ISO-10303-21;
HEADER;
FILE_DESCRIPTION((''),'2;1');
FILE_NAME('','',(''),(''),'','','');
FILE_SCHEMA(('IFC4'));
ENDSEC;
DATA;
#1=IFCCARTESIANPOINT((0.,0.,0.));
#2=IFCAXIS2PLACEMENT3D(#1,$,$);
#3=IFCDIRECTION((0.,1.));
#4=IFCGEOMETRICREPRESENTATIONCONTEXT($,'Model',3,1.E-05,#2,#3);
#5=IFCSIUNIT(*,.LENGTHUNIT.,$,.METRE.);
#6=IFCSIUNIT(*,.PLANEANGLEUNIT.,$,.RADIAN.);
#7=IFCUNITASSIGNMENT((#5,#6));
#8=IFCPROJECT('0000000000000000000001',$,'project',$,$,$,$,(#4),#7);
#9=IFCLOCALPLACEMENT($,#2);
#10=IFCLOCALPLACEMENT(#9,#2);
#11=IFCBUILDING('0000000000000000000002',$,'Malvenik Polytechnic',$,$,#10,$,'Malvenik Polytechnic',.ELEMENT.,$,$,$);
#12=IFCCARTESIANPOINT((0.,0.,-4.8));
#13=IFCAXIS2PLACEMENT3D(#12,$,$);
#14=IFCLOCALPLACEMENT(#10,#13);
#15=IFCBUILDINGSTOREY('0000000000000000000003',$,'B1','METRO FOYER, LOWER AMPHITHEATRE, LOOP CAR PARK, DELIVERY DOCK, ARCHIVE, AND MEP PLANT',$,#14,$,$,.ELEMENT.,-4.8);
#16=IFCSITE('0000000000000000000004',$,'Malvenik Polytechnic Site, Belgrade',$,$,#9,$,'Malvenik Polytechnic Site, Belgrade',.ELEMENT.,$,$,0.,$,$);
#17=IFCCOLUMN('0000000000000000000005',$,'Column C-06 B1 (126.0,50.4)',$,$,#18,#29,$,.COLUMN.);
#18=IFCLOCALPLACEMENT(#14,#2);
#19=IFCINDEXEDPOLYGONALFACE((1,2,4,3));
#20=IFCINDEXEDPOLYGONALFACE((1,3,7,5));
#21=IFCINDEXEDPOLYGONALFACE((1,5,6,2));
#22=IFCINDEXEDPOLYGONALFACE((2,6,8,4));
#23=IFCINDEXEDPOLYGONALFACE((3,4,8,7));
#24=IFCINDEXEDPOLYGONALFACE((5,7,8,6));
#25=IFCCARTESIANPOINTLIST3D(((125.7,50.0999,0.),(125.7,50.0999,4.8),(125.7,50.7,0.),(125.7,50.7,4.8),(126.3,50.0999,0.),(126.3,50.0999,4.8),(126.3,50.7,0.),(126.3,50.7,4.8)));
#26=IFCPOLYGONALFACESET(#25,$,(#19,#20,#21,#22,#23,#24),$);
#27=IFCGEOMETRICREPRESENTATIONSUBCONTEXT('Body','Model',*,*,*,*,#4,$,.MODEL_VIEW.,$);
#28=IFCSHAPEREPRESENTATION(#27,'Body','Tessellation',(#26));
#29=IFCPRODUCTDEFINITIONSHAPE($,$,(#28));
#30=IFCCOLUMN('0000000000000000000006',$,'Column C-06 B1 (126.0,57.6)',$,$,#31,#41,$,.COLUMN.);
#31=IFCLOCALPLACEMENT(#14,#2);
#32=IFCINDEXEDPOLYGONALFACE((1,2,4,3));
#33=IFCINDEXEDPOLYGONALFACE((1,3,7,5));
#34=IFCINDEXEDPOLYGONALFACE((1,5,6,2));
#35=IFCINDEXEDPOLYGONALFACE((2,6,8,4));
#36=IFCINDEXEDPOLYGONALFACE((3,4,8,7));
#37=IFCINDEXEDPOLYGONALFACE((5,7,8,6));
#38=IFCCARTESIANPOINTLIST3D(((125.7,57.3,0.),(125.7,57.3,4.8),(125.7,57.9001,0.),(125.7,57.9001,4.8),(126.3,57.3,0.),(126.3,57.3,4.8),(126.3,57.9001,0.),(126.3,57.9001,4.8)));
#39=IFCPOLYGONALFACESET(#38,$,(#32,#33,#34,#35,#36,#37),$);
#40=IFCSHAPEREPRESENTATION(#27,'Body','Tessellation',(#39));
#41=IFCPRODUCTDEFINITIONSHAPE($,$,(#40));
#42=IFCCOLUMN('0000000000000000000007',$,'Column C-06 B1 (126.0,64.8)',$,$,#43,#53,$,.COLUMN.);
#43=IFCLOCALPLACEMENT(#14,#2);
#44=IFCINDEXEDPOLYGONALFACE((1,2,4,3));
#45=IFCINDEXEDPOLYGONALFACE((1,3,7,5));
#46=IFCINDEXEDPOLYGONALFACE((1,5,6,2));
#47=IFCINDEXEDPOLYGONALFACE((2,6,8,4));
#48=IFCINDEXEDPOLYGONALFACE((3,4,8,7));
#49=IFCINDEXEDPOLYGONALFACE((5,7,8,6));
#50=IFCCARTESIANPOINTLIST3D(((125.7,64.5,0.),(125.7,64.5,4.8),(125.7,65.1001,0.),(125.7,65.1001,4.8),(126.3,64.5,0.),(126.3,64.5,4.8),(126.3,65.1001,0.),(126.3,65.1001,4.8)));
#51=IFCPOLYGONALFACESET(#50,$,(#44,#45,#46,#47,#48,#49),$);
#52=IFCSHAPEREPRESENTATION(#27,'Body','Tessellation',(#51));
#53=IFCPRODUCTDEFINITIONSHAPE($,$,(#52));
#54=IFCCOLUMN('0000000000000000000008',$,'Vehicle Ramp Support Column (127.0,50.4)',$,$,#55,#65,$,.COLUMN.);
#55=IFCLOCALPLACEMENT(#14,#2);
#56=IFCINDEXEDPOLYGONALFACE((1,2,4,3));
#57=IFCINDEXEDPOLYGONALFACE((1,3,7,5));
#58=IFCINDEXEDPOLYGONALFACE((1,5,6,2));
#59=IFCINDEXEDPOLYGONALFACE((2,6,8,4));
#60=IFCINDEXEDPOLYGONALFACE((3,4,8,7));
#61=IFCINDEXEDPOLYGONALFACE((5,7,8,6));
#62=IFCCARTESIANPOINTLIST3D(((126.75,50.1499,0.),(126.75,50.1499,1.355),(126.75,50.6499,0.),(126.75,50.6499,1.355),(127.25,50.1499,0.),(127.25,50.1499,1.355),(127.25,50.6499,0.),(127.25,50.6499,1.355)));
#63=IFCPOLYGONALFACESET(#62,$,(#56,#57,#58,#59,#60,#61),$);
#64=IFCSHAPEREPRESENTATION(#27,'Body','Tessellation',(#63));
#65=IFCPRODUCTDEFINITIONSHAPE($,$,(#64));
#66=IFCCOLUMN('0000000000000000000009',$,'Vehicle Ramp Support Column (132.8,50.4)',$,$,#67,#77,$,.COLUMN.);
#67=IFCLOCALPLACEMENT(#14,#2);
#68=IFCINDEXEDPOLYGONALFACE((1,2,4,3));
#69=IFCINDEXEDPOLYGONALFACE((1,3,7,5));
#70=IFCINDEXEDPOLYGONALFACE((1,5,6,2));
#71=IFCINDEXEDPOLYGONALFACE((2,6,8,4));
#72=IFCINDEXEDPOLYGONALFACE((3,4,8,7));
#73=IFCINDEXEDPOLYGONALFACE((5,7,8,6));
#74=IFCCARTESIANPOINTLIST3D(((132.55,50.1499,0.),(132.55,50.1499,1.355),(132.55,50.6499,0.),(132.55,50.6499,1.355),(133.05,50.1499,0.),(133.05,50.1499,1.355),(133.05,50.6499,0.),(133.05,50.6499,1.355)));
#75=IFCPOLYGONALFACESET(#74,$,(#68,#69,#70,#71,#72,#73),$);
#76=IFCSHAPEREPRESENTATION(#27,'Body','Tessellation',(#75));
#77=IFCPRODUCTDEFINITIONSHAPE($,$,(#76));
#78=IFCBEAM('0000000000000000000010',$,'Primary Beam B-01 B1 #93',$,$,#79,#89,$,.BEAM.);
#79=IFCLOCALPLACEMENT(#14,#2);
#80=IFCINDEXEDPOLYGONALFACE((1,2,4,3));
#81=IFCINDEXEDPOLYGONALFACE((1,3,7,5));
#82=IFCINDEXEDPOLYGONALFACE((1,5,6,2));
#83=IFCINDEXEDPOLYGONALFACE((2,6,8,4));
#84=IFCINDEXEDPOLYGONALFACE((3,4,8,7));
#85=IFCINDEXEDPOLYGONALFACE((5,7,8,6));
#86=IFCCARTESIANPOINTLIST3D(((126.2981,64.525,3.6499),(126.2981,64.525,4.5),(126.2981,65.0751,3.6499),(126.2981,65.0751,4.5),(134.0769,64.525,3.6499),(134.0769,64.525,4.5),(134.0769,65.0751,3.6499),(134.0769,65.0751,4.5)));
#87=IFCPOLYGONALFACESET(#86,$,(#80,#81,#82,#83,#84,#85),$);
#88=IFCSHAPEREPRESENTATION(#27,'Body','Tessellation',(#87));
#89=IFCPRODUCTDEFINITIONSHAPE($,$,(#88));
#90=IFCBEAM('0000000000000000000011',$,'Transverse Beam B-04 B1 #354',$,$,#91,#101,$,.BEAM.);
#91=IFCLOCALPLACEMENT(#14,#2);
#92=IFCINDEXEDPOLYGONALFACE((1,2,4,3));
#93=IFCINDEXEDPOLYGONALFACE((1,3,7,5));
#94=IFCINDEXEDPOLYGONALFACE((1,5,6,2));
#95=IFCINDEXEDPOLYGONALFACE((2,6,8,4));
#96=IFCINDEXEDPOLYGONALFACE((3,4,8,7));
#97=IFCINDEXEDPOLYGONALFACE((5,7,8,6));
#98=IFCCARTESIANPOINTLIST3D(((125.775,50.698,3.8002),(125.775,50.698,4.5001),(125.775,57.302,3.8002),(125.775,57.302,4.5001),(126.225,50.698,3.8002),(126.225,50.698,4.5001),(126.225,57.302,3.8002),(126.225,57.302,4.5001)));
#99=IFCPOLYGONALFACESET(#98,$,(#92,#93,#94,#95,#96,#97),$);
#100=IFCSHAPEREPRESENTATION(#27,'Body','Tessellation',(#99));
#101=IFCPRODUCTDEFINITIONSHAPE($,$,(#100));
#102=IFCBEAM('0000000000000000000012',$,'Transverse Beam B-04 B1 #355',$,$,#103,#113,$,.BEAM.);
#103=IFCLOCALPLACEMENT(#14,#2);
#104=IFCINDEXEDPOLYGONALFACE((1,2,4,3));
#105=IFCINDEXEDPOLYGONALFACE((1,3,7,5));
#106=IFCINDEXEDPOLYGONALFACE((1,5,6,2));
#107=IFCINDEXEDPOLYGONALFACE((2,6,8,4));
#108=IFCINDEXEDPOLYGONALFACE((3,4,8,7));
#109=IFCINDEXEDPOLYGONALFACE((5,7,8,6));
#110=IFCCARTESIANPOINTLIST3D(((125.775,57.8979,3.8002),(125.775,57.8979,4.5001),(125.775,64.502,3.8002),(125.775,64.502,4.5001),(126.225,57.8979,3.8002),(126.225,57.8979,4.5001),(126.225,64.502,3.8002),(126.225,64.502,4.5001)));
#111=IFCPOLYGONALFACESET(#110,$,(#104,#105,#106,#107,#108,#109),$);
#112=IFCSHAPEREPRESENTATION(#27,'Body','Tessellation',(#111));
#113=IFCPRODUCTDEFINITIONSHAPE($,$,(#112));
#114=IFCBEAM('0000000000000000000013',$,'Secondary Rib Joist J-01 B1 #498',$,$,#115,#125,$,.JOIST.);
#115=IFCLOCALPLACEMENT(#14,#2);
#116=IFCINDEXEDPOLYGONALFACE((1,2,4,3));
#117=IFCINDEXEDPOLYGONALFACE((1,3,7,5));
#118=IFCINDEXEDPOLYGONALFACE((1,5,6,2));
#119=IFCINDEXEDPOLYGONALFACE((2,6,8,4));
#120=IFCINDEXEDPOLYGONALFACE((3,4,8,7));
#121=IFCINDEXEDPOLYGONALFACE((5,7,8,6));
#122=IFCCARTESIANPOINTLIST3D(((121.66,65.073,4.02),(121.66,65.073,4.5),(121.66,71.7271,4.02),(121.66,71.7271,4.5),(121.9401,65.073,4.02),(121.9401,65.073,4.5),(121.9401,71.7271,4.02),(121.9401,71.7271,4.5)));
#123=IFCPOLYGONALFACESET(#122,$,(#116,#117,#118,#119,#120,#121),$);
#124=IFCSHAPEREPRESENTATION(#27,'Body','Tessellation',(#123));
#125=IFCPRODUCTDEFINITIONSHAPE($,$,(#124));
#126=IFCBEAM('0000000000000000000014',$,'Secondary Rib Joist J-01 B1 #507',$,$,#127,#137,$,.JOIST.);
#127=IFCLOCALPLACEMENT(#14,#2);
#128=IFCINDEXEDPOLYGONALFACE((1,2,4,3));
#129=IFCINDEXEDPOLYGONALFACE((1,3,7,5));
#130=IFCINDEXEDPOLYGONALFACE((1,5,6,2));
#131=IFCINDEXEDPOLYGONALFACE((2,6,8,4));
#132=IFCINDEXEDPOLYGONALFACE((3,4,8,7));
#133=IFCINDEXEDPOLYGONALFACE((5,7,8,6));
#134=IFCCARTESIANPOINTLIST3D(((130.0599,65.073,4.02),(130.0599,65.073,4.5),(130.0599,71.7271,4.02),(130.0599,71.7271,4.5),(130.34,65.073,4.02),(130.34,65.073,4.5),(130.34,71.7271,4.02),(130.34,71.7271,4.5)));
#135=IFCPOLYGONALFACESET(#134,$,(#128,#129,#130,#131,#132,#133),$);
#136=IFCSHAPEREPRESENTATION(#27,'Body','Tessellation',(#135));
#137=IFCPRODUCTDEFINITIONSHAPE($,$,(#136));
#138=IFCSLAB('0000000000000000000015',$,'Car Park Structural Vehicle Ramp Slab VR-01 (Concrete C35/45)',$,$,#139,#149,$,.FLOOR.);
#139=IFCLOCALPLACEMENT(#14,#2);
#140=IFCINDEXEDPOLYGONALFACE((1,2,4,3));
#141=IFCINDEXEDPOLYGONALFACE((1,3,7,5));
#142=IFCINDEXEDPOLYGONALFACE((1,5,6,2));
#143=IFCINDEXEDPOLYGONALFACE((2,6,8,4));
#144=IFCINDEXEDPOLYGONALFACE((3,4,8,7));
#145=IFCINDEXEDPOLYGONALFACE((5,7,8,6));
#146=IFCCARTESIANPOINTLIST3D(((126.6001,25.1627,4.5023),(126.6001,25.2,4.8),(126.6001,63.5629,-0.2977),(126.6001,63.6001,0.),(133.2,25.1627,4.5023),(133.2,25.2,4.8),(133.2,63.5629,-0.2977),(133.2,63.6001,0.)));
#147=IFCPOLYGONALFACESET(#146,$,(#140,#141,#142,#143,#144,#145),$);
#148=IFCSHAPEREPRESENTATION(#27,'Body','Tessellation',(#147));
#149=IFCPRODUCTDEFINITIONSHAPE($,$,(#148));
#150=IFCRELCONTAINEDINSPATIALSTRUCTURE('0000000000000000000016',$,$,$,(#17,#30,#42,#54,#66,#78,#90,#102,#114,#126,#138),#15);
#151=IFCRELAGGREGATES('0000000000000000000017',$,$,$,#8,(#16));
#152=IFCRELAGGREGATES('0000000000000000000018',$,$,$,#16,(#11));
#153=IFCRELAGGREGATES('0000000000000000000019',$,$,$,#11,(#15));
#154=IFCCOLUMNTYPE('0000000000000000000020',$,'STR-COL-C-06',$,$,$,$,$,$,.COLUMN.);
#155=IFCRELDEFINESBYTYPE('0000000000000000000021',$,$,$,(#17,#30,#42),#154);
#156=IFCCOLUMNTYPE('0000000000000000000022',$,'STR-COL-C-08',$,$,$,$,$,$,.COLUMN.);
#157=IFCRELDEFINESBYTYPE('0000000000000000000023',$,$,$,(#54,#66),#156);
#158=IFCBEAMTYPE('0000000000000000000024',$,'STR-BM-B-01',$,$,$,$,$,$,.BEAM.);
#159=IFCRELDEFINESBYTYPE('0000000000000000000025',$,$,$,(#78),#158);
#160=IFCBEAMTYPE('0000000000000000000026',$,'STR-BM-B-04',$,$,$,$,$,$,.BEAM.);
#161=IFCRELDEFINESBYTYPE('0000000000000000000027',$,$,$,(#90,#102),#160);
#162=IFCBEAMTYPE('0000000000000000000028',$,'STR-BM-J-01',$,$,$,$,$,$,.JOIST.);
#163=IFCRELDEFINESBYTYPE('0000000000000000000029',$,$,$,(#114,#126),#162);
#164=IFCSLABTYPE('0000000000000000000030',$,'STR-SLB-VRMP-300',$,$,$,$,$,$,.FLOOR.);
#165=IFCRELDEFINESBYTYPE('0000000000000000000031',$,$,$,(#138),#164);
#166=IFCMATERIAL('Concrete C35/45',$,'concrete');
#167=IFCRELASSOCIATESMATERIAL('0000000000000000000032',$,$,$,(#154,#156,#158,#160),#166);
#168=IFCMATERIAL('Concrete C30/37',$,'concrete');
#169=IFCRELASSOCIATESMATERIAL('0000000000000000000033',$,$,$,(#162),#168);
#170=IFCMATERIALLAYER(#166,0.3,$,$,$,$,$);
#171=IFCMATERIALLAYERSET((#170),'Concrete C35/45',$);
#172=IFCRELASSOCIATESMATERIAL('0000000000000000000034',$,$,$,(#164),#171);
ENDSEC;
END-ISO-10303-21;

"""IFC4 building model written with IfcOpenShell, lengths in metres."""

from ifc_helpers import new_model, si_unit, direction, frame, origin, origin_2d, place, context, subcontext, project, spatial, polyline, rectangle, outline, extrude, material, layer, layer_set, material_profile, profile_set, type_object, element, save


model = new_model("IFC4")

# Units and contexts
model_context = context("Model", 3, precision=1e-05, world=origin(), true_north=direction((0.0, 1.0)))
body_context = subcontext(model_context, "Body", "Model", "MODEL_VIEW")
ifc_project = project(units=[si_unit("LENGTHUNIT", "METRE"), si_unit("PLANEANGLEUNIT", "RADIAN")], contexts=[model_context])

# Site, building, storey
site_placement = place(None, origin())
site = spatial("IfcSite", under=ifc_project, at=site_placement, Name="Malvenik Polytechnic Site, Belgrade", LongName="Malvenik Polytechnic Site, Belgrade", CompositionType="ELEMENT", RefElevation=0.0)
building_placement = place(site_placement, origin())
building = spatial("IfcBuilding", under=site, at=building_placement, Name="Malvenik Polytechnic", LongName="Malvenik Polytechnic", CompositionType="ELEMENT")
storey_placement = place(building_placement, frame((0.0, 0.0, -4.8)))
storey = spatial("IfcBuildingStorey", under=building, at=storey_placement, Name="B1", Description="METRO FOYER, LOWER AMPHITHEATRE, LOOP CAR PARK, DELIVERY DOCK, ARCHIVE, AND MEP PLANT", CompositionType="ELEMENT", Elevation=-4.8)

# Shared definitions
ifc_material_1 = material(Name="Concrete C35/45", Category="concrete")

# Columns
ifc_material_profile_1 = material_profile(ifc_material_1, rectangle(XDim=0.6001, YDim=0.6001, at=origin_2d()), Name="RC COL 600x600")
ifc_profile_set_1 = profile_set([ifc_material_profile_1], Name="Concrete C35/45")
column_type_1 = type_object("IfcColumnType", Name="STR-COL-C-06", PredefinedType="COLUMN", material=ifc_profile_set_1)
for number, where, z_axis, x_axis, name in (
    (1, (126.0, 50.3999, 0.0), (0.0, 0.0, 1.0), (1.0, 0.0, 0.0), "Column C-06 B1 (126.0,50.4)"),
    (2, (126.0, 57.6001, 0.0), (0.0, 0.0, 1.0), (1.0, 0.0, 0.0), "Column C-06 B1 (126.0,57.6)"),
    (3, (126.0, 64.8, 0.0), (0.0, 0.0, 1.0), (1.0, 0.0, 0.0), "Column C-06 B1 (126.0,64.8)"),
):
    element("IfcColumn", number, at=place(storey_placement, frame(where, z_axis=z_axis, x_axis=x_axis)), inside=storey, type_object=column_type_1, Name=name, PredefinedType="COLUMN", context=body_context, shape_type="SweptSolid", body=[
        extrude(rectangle(XDim=0.6001, YDim=0.6001, at=origin_2d()), origin(), (0.0, 0.0, 1.0), 4.8),
    ])
ifc_material_profile_2 = material_profile(ifc_material_1, rectangle(XDim=0.5, YDim=0.5, at=origin_2d()), Name="RC COL 500x500")
ifc_profile_set_2 = profile_set([ifc_material_profile_2], Name="Concrete C35/45")
column_type_2 = type_object("IfcColumnType", Name="STR-COL-C-08", PredefinedType="COLUMN", material=ifc_profile_set_2)
for number, where, z_axis, x_axis, name in (
    (4, (127.0, 50.3999, 0.0), (0.0, 0.0, 1.0), (1.0, 0.0, 0.0), "Vehicle Ramp Support Column (127.0,50.4)"),
    (5, (132.8, 50.3999, 0.0), (0.0, 0.0, 1.0), (1.0, 0.0, 0.0), "Vehicle Ramp Support Column (132.8,50.4)"),
):
    element("IfcColumn", number, at=place(storey_placement, frame(where, z_axis=z_axis, x_axis=x_axis)), inside=storey, type_object=column_type_2, Name=name, PredefinedType="COLUMN", context=body_context, shape_type="SweptSolid", body=[
        extrude(rectangle(XDim=0.5, YDim=0.5, at=origin_2d()), origin(), (0.0, 0.0, 1.0), 1.355),
    ])

# Beams
ifc_material_profile_3 = material_profile(ifc_material_1, rectangle(XDim=0.55, YDim=0.8501, at=origin_2d()), Name="RC BM 550x850")
ifc_profile_set_3 = profile_set([ifc_material_profile_3], Name="Concrete C35/45")
beam_type_1 = type_object("IfcBeamType", Name="STR-BM-B-01", PredefinedType="BEAM", material=ifc_profile_set_3)
beam_placement = place(storey_placement, frame((126.2981, 64.8, 4.075), z_axis=(1.0, 0.0, 0.0), x_axis=(0.0, 1.0, 0.0)))
element("IfcBeam", 6, at=beam_placement, inside=storey, type_object=beam_type_1, Name="Primary Beam B-01 B1 #93", PredefinedType="BEAM", context=body_context, shape_type="SweptSolid", body=[
    extrude(rectangle(XDim=0.55, YDim=0.8501, at=origin_2d()), origin(), (0.0, 0.0, 1.0), 7.7788),
])
ifc_material_profile_4 = material_profile(ifc_material_1, rectangle(XDim=0.45, YDim=0.7, at=origin_2d()), Name="RC BM 450x700")
ifc_profile_set_4 = profile_set([ifc_material_profile_4], Name="Concrete C35/45")
beam_type_2 = type_object("IfcBeamType", Name="STR-BM-B-04", PredefinedType="BEAM", material=ifc_profile_set_4)
for number, where, z_axis, x_axis, name in (
    (7, (126.0, 50.698, 4.1501), (0.0, 1.0, 0.0), (-1.0, 0.0, 0.0), "Transverse Beam B-04 B1 #354"),
    (8, (126.0, 57.8979, 4.1501), (0.0, 1.0, 0.0), (-1.0, 0.0, 0.0), "Transverse Beam B-04 B1 #355"),
):
    element("IfcBeam", number, at=place(storey_placement, frame(where, z_axis=z_axis, x_axis=x_axis)), inside=storey, type_object=beam_type_2, Name=name, PredefinedType="BEAM", context=body_context, shape_type="SweptSolid", body=[
        extrude(rectangle(XDim=0.45, YDim=0.7, at=origin_2d()), origin(), (0.0, 0.0, 1.0), 6.604),
    ])
ifc_material_2 = material(Name="Concrete C30/37", Category="concrete")
ifc_material_profile_5 = material_profile(ifc_material_2, rectangle(XDim=0.28, YDim=0.48, at=origin_2d()), Name="RC JST 280x480")
ifc_profile_set_5 = profile_set([ifc_material_profile_5], Name="Concrete C30/37")
beam_type_3 = type_object("IfcBeamType", Name="STR-BM-J-01", PredefinedType="JOIST", material=ifc_profile_set_5)
for number, where, z_axis, x_axis, name in (
    (9, (121.8, 65.073, 4.26), (0.0, 1.0, 0.0), (-1.0, 0.0, 0.0), "Secondary Rib Joist J-01 B1 #498"),
    (10, (130.2, 65.073, 4.26), (0.0, 1.0, 0.0), (-1.0, 0.0, 0.0), "Secondary Rib Joist J-01 B1 #507"),
):
    element("IfcBeam", number, at=place(storey_placement, frame(where, z_axis=z_axis, x_axis=x_axis)), inside=storey, type_object=beam_type_3, Name=name, PredefinedType="JOIST", context=body_context, shape_type="SweptSolid", body=[
        extrude(rectangle(XDim=0.28, YDim=0.48, at=origin_2d()), origin(), (0.0, 0.0, 1.0), 6.6541),
    ])

# Slab
ifc_layer = layer(ifc_material_1, 0.3)
ifc_layer_set = layer_set([ifc_layer], Name="Concrete C35/45")
slab_type = type_object("IfcSlabType", Name="STR-SLB-VRMP-300", PredefinedType="FLOOR", material=ifc_layer_set)
slab_placement = place(storey_placement, frame((126.6001, 63.6001, 0.0), z_axis=(0.0, 0.124036, 0.992278), x_axis=(1.0, 0.0, 0.0)))
element("IfcSlab", 11, at=slab_placement, inside=storey, type_object=slab_type, Name="Car Park Structural Vehicle Ramp Slab VR-01 (Concrete C35/45)", PredefinedType="FLOOR", context=body_context, shape_type="SweptSolid", body=[
    extrude(outline(polyline([(0.0, 0.0), (6.5999, 0.0), (6.5999, -38.699), (0.0, -38.699), (0.0, 0.0)])), origin(), (0.0, 0.0, -1.0), 0.3),
])

save(model, "model.ifc")
